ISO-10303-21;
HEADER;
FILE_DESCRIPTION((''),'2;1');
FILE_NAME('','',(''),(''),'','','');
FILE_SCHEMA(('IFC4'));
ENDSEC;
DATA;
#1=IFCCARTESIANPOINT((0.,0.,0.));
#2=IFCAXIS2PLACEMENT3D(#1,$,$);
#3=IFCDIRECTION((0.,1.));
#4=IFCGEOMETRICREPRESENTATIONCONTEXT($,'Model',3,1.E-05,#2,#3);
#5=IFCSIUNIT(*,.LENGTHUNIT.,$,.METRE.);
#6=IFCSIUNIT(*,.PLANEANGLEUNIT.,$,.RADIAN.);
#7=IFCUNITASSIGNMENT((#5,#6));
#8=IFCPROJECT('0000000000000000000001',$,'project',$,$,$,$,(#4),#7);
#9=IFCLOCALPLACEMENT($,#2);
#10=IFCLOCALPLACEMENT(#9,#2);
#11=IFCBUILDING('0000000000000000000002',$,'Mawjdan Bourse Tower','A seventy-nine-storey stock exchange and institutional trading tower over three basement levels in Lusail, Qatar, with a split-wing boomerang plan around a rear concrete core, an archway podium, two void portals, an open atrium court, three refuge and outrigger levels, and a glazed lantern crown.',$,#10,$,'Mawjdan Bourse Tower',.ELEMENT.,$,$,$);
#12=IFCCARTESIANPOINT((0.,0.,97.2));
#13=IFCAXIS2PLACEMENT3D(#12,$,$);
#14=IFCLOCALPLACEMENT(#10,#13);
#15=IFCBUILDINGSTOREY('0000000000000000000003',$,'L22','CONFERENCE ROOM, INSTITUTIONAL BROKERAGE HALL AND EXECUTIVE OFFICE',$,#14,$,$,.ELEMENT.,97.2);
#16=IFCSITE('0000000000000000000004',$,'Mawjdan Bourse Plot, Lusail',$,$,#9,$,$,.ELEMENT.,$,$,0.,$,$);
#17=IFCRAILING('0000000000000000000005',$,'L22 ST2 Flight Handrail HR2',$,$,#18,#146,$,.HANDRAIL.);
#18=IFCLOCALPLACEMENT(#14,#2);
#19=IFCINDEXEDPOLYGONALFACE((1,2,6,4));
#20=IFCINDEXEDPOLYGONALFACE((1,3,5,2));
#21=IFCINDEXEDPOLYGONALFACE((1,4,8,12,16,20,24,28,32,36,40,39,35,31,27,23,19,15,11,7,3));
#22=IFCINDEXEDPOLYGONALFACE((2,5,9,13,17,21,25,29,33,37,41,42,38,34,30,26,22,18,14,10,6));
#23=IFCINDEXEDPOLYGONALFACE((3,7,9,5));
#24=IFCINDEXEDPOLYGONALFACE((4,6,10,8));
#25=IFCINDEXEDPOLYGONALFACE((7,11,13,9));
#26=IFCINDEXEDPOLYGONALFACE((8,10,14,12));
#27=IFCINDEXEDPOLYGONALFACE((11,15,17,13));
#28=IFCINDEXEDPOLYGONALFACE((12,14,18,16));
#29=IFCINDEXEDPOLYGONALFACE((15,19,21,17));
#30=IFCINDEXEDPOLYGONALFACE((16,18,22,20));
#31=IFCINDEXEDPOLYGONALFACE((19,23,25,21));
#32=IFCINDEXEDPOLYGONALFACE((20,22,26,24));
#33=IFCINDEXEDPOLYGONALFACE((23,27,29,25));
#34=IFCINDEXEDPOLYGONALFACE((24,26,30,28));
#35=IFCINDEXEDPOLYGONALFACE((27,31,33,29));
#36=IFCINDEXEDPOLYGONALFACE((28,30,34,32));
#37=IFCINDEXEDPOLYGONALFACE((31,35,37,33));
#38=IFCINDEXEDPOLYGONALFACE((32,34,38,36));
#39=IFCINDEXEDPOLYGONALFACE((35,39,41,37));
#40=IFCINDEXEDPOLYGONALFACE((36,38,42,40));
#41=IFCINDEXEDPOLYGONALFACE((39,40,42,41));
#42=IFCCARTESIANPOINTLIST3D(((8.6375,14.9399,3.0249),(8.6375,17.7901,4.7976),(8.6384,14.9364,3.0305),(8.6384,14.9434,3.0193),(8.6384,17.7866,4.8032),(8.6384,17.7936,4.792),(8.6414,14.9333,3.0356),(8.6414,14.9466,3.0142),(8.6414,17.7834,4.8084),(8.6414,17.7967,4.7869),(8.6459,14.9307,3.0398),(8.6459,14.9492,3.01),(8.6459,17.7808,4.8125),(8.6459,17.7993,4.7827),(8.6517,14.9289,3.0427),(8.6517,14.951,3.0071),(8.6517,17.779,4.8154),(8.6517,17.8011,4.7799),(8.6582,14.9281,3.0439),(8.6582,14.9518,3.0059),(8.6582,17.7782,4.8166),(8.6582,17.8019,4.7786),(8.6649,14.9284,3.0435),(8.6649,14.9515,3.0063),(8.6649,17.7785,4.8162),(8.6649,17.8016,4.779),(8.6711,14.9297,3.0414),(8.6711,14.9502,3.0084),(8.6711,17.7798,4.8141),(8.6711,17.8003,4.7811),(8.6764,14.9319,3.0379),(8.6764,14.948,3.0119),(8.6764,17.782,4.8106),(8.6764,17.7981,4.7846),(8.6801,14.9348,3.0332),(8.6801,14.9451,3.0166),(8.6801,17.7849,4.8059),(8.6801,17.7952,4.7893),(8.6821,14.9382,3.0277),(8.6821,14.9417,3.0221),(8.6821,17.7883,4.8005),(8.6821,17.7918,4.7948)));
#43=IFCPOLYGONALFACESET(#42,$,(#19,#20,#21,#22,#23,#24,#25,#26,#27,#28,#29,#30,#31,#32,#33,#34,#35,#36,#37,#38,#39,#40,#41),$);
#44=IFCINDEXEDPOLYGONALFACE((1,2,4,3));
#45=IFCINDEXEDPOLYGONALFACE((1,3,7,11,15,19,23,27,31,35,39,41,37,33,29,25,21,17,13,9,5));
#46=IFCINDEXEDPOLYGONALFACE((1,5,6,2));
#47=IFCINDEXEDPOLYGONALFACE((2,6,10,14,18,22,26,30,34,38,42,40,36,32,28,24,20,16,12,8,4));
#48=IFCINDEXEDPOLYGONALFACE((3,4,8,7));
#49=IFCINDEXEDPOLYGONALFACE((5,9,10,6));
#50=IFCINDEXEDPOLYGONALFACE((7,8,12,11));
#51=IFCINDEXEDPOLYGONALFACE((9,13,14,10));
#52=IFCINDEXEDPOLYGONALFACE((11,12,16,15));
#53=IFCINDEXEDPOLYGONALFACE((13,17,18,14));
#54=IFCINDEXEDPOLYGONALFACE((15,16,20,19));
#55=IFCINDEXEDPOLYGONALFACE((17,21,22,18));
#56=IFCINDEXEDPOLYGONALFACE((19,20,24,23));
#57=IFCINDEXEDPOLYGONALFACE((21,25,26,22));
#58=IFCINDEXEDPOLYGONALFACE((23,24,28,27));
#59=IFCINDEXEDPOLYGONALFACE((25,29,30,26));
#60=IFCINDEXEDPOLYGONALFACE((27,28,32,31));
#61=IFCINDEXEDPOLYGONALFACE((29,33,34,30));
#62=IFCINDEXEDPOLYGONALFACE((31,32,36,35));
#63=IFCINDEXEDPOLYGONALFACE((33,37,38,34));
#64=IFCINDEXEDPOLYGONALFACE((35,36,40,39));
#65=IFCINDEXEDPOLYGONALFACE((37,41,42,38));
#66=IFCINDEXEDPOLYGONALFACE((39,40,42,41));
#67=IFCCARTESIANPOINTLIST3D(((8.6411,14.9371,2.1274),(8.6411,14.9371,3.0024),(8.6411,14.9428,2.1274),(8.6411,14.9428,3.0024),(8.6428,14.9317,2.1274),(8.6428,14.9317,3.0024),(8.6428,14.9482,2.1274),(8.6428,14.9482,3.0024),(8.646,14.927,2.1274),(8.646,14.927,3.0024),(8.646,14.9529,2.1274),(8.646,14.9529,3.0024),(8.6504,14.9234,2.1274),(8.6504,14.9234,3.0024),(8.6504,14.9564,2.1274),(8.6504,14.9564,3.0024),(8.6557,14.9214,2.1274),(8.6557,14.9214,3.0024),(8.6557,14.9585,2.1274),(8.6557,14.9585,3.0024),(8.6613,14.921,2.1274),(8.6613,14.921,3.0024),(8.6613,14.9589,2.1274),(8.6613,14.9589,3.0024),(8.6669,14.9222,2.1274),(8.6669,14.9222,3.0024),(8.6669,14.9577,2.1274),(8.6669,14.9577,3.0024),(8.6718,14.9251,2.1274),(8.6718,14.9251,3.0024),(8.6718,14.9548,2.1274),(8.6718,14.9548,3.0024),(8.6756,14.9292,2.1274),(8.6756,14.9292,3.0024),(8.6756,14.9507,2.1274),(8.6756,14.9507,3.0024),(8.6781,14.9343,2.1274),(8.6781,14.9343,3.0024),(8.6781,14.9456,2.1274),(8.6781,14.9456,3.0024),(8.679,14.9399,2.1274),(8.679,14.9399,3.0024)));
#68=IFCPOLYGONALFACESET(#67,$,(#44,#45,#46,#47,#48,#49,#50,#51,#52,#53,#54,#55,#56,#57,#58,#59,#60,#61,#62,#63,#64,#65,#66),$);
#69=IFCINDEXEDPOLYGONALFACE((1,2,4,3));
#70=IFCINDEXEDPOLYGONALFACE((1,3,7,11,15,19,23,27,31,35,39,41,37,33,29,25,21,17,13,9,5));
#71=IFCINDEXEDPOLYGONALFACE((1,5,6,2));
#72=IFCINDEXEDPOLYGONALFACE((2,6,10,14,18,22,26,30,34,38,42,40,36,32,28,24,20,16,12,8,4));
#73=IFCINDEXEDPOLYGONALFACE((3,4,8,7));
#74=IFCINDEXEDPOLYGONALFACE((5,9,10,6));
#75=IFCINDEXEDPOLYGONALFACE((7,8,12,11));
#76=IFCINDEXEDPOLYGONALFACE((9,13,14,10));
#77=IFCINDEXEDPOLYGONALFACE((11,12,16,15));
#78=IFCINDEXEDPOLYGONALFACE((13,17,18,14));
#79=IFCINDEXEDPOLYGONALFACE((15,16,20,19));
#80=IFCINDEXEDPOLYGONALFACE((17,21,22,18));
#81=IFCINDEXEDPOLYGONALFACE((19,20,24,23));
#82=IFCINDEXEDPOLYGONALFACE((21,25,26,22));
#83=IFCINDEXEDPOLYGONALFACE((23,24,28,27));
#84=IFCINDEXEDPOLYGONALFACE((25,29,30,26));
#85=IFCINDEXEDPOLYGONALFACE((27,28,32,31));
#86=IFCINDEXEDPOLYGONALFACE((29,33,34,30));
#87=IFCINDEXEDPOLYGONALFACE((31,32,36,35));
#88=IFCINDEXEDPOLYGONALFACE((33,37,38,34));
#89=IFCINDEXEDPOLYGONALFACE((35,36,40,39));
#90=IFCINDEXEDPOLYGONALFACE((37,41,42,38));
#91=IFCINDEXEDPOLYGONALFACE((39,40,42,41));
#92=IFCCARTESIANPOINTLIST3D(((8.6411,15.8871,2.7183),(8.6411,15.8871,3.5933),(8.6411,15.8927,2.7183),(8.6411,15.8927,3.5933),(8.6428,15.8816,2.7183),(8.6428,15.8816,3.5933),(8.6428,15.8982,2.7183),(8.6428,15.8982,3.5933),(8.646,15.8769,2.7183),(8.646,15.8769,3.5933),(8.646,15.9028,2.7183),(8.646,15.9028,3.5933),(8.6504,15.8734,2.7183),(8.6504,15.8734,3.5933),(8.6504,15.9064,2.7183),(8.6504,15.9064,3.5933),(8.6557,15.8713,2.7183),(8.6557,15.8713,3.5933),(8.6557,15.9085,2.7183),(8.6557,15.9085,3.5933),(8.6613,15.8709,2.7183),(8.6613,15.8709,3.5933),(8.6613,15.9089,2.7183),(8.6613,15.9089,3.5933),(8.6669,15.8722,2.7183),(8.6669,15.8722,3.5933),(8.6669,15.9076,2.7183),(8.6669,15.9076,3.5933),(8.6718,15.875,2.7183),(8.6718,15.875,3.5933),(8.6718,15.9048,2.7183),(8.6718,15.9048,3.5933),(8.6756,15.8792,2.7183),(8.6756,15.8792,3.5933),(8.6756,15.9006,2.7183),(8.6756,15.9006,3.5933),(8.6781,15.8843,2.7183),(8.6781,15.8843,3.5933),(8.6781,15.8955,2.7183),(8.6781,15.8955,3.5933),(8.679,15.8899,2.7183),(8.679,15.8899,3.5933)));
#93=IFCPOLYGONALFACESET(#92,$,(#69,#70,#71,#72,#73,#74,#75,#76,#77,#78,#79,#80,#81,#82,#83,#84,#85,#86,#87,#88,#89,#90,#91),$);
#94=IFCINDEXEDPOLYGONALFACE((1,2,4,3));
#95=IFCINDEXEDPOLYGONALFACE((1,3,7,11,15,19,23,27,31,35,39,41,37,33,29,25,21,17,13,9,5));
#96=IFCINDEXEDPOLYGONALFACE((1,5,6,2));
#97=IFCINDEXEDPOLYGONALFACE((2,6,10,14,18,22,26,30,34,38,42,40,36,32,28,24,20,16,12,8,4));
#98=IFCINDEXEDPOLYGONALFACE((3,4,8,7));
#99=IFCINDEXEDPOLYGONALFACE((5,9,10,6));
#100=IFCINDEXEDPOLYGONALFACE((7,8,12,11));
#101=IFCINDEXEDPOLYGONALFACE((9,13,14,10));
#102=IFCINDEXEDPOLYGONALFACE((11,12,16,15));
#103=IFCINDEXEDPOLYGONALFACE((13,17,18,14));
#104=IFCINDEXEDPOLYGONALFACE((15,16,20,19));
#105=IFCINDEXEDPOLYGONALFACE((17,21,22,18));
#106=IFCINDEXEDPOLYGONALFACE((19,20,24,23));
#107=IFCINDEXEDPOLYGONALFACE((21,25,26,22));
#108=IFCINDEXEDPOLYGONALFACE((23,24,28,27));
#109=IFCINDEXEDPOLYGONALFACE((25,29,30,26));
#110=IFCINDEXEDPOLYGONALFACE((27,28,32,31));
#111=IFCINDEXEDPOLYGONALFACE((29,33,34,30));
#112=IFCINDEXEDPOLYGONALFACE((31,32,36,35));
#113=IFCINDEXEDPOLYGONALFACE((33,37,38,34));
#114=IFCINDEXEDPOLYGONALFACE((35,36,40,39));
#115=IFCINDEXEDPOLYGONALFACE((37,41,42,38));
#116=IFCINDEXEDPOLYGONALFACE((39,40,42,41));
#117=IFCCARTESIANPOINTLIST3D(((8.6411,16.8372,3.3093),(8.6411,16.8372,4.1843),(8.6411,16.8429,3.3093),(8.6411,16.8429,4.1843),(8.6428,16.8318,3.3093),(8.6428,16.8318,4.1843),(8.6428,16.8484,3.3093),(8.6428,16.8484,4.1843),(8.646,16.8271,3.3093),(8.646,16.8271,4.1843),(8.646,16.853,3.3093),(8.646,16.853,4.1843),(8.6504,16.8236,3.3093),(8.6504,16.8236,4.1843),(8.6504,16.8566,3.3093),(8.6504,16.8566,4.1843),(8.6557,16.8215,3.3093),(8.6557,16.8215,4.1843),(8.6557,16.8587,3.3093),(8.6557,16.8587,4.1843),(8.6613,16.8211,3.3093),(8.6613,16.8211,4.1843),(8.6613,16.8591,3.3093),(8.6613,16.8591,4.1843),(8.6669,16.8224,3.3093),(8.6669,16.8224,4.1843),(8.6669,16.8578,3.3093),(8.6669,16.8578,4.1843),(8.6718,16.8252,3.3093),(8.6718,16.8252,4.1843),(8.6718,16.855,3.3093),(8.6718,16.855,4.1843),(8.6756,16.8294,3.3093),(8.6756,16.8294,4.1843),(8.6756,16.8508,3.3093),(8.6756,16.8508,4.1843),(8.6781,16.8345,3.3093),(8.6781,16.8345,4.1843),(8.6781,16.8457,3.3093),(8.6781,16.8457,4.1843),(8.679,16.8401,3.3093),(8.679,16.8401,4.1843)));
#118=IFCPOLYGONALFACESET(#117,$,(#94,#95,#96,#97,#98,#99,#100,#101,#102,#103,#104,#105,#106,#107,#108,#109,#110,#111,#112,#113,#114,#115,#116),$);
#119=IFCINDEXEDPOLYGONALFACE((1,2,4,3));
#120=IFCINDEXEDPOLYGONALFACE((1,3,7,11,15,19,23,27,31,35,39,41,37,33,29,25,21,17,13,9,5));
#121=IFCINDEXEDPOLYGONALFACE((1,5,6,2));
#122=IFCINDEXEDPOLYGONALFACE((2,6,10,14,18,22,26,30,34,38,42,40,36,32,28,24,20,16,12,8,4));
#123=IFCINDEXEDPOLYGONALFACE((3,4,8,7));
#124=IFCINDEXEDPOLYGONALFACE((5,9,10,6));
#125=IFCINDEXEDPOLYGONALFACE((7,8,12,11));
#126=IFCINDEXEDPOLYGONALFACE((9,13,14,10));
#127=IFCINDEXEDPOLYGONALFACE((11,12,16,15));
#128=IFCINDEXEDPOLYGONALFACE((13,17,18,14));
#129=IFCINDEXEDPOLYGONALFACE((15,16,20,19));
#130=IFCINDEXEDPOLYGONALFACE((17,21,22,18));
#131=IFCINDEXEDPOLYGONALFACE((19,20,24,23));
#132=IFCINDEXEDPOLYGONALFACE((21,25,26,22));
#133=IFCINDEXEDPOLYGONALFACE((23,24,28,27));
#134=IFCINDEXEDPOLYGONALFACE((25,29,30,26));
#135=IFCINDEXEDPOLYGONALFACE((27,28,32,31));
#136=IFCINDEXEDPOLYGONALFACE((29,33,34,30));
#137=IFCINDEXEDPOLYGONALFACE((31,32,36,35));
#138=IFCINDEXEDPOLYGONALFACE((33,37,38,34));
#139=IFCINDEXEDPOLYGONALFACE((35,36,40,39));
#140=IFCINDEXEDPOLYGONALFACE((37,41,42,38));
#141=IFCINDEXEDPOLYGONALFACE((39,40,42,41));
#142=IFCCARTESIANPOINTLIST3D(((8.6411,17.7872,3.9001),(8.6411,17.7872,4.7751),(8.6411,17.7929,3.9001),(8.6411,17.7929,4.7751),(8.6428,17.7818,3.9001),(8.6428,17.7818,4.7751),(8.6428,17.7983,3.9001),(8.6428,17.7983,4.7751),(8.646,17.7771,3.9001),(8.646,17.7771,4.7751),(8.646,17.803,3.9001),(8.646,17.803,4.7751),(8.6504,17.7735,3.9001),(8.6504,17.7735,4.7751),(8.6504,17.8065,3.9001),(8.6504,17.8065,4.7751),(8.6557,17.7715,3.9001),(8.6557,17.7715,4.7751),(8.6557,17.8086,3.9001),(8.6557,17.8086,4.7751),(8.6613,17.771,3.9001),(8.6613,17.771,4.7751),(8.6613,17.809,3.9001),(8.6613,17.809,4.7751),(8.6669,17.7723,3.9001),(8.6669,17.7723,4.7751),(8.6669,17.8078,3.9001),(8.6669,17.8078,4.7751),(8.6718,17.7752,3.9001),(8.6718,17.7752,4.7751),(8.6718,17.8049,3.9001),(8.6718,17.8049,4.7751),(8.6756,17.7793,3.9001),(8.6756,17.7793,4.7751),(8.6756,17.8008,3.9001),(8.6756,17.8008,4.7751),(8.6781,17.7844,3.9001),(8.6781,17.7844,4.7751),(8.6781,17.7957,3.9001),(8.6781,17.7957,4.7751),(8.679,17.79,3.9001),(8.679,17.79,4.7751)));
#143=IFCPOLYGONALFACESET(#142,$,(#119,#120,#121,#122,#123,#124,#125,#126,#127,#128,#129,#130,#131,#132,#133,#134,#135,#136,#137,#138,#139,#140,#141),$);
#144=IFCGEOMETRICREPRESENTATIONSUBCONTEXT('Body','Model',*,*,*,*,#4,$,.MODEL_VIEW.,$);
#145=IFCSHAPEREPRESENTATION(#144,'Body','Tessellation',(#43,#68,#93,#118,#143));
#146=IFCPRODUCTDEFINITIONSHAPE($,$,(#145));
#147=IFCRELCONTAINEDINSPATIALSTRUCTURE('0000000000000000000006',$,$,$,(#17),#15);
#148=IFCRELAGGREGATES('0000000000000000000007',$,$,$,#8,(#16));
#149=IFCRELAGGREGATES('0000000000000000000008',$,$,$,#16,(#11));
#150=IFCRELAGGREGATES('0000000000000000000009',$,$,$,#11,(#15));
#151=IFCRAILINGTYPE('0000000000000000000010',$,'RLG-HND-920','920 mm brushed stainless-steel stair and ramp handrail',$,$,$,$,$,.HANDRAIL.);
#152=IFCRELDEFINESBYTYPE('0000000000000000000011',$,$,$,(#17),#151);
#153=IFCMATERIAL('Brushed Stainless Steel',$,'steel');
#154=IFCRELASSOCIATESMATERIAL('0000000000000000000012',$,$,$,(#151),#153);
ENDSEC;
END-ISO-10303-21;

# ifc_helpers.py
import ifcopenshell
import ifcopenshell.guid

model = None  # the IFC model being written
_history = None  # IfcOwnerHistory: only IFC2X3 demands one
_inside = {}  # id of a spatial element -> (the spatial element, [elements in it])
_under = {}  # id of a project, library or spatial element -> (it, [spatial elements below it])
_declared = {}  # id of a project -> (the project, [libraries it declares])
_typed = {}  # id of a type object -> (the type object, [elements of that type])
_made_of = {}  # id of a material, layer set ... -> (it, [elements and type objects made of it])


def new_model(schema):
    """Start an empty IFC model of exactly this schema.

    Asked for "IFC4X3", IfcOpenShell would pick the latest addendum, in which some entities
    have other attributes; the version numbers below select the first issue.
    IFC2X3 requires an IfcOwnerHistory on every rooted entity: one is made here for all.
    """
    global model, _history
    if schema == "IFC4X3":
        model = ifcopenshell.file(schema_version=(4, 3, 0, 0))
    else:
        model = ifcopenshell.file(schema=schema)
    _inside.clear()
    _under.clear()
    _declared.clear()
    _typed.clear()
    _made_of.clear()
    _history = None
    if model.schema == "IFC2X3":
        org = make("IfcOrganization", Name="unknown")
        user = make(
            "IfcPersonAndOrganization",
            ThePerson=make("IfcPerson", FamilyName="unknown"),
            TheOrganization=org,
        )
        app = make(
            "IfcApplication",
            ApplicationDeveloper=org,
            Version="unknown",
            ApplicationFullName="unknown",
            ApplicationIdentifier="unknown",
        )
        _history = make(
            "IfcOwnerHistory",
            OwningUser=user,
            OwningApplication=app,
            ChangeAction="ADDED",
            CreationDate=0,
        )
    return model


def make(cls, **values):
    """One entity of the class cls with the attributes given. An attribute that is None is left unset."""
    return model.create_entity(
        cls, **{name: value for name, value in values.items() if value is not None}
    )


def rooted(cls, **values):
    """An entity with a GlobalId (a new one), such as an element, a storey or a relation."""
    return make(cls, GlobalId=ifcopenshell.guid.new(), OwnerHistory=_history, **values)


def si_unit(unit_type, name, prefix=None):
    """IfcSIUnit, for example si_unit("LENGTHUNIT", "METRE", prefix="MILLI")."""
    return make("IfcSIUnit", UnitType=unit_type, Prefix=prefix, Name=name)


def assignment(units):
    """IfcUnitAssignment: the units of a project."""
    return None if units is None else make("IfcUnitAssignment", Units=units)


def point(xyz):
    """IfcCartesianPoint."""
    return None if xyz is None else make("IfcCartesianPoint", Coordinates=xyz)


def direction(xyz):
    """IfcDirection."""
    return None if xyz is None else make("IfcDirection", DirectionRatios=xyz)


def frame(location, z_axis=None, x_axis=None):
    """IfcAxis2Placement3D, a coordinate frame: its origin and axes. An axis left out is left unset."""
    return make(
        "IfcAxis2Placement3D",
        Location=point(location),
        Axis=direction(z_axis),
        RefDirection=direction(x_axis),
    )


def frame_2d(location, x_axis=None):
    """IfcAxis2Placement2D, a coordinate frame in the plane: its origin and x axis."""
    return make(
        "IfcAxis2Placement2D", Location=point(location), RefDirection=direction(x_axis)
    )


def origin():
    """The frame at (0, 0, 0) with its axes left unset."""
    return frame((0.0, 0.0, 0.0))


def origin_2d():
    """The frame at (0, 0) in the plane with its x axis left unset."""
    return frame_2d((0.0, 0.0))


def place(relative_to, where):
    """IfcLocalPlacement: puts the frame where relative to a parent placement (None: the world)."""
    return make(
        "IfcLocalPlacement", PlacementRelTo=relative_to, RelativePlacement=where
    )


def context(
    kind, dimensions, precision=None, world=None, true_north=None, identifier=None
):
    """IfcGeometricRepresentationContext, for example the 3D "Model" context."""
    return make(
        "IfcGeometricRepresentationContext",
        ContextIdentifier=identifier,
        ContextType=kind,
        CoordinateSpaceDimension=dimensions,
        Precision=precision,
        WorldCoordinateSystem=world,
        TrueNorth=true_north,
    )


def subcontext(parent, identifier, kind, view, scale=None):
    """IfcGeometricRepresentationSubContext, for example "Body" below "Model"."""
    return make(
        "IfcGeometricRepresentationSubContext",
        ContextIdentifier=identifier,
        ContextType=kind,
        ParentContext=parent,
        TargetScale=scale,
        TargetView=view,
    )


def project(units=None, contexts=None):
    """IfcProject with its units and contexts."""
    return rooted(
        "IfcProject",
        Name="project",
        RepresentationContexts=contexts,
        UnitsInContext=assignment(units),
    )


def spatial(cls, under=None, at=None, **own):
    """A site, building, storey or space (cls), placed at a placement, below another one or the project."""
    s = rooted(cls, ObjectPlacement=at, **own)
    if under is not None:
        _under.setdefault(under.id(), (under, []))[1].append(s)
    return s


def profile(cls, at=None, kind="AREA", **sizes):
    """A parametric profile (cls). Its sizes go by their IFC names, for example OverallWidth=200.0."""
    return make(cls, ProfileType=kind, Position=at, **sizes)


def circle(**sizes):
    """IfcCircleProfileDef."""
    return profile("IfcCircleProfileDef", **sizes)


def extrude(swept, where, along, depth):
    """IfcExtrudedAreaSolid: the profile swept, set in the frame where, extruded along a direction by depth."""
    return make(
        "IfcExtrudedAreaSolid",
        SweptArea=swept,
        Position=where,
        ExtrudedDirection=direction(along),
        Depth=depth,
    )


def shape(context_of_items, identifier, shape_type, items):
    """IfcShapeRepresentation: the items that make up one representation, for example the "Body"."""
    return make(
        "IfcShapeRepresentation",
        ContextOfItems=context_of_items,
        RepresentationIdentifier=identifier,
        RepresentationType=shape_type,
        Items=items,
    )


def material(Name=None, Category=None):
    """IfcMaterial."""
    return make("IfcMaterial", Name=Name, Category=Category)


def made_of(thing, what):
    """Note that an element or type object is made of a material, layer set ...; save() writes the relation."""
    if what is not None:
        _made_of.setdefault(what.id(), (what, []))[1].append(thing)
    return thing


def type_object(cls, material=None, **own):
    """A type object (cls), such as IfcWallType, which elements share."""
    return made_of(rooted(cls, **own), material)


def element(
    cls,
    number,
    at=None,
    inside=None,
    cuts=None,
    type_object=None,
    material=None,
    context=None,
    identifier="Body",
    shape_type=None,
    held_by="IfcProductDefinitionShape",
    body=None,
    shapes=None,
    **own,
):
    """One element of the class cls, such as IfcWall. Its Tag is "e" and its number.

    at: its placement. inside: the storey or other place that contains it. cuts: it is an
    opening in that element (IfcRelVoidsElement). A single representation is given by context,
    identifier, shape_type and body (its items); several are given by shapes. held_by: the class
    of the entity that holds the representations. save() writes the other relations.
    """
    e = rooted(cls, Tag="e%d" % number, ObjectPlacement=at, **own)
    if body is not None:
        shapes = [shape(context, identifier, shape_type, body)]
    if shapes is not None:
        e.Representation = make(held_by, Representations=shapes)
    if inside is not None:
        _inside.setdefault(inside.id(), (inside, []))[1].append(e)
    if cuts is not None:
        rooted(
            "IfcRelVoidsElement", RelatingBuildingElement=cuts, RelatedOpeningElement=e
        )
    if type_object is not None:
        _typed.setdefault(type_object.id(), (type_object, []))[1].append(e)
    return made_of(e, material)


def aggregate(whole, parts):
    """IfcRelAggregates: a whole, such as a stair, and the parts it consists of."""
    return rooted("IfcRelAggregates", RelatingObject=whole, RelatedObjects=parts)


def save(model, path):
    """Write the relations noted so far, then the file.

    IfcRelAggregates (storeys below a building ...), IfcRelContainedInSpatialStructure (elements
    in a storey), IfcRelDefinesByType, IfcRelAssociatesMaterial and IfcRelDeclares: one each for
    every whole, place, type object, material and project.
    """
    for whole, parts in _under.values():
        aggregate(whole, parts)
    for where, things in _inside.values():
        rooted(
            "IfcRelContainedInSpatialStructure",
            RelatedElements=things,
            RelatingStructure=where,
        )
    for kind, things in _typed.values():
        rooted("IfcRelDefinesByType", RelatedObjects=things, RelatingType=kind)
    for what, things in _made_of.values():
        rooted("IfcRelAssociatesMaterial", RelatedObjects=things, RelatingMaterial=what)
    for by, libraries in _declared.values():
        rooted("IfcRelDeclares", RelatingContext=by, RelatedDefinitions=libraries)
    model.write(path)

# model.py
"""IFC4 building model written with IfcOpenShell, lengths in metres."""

from ifc_helpers import new_model, si_unit, direction, frame, origin, origin_2d, place, context, subcontext, project, spatial, circle, extrude, material, type_object, element, save


model = new_model("IFC4")

# Units and contexts
model_context = context("Model", 3, precision=1e-05, world=origin(), true_north=direction((0.0, 1.0)))
body_context = subcontext(model_context, "Body", "Model", "MODEL_VIEW")
ifc_project = project(units=[si_unit("LENGTHUNIT", "METRE"), si_unit("PLANEANGLEUNIT", "RADIAN")], contexts=[model_context])

# Site, building, storey
site_placement = place(None, origin())
site = spatial("IfcSite", under=ifc_project, at=site_placement, Name="Mawjdan Bourse Plot, Lusail", CompositionType="ELEMENT", RefElevation=0.0)
building_placement = place(site_placement, origin())
building = spatial("IfcBuilding", under=site, at=building_placement, Name="Mawjdan Bourse Tower", Description="A seventy-nine-storey stock exchange and institutional trading tower over three basement levels in Lusail, Qatar, with a split-wing boomerang plan around a rear concrete core, an archway podium, two void portals, an open atrium court, three refuge and outrigger levels, and a glazed lantern crown.", LongName="Mawjdan Bourse Tower", CompositionType="ELEMENT")
storey_placement = place(building_placement, frame((0.0, 0.0, 97.2)))
storey = spatial("IfcBuildingStorey", under=building, at=storey_placement, Name="L22", Description="CONFERENCE ROOM, INSTITUTIONAL BROKERAGE HALL AND EXECUTIVE OFFICE", CompositionType="ELEMENT", Elevation=97.2)

# Shared definitions
ifc_material_1 = material(Name="Brushed Stainless Steel", Category="steel")

# Railing
railing_type_1 = type_object("IfcRailingType", Name="RLG-HND-920", Description="920 mm brushed stainless-steel stair and ramp handrail", PredefinedType="HANDRAIL", material=ifc_material_1)
railing_1_placement = place(storey_placement, frame((8.6599, 14.9399, 2.1274)))
element("IfcRailing", 1, at=railing_1_placement, inside=storey, type_object=railing_type_1, Name="L22 ST2 Flight Handrail HR2", PredefinedType="HANDRAIL", context=body_context, shape_type="SweptSolid", body=[
    extrude(circle(Radius=0.0225, at=origin_2d()), frame((0.0, 0.0, 0.8975), z_axis=(0.0, 0.849149, 0.528154), x_axis=(-1.0, 0.0, 0.0)), (0.0, 0.0, 1.0), 3.3564),
    extrude(circle(Radius=0.019, at=origin_2d()), origin(), (0.0, 0.0, 1.0), 0.875),
    extrude(circle(Radius=0.019, at=origin_2d()), frame((0.0, 0.95, 0.5908)), (0.0, 0.0, 1.0), 0.875),
    extrude(circle(Radius=0.019, at=origin_2d()), frame((0.0, 1.9001, 1.1819)), (0.0, 0.0, 1.0), 0.875),
    extrude(circle(Radius=0.019, at=origin_2d()), frame((0.0, 2.8501, 1.7727)), (0.0, 0.0, 1.0), 0.875),
])

save(model, "model.ifc")
